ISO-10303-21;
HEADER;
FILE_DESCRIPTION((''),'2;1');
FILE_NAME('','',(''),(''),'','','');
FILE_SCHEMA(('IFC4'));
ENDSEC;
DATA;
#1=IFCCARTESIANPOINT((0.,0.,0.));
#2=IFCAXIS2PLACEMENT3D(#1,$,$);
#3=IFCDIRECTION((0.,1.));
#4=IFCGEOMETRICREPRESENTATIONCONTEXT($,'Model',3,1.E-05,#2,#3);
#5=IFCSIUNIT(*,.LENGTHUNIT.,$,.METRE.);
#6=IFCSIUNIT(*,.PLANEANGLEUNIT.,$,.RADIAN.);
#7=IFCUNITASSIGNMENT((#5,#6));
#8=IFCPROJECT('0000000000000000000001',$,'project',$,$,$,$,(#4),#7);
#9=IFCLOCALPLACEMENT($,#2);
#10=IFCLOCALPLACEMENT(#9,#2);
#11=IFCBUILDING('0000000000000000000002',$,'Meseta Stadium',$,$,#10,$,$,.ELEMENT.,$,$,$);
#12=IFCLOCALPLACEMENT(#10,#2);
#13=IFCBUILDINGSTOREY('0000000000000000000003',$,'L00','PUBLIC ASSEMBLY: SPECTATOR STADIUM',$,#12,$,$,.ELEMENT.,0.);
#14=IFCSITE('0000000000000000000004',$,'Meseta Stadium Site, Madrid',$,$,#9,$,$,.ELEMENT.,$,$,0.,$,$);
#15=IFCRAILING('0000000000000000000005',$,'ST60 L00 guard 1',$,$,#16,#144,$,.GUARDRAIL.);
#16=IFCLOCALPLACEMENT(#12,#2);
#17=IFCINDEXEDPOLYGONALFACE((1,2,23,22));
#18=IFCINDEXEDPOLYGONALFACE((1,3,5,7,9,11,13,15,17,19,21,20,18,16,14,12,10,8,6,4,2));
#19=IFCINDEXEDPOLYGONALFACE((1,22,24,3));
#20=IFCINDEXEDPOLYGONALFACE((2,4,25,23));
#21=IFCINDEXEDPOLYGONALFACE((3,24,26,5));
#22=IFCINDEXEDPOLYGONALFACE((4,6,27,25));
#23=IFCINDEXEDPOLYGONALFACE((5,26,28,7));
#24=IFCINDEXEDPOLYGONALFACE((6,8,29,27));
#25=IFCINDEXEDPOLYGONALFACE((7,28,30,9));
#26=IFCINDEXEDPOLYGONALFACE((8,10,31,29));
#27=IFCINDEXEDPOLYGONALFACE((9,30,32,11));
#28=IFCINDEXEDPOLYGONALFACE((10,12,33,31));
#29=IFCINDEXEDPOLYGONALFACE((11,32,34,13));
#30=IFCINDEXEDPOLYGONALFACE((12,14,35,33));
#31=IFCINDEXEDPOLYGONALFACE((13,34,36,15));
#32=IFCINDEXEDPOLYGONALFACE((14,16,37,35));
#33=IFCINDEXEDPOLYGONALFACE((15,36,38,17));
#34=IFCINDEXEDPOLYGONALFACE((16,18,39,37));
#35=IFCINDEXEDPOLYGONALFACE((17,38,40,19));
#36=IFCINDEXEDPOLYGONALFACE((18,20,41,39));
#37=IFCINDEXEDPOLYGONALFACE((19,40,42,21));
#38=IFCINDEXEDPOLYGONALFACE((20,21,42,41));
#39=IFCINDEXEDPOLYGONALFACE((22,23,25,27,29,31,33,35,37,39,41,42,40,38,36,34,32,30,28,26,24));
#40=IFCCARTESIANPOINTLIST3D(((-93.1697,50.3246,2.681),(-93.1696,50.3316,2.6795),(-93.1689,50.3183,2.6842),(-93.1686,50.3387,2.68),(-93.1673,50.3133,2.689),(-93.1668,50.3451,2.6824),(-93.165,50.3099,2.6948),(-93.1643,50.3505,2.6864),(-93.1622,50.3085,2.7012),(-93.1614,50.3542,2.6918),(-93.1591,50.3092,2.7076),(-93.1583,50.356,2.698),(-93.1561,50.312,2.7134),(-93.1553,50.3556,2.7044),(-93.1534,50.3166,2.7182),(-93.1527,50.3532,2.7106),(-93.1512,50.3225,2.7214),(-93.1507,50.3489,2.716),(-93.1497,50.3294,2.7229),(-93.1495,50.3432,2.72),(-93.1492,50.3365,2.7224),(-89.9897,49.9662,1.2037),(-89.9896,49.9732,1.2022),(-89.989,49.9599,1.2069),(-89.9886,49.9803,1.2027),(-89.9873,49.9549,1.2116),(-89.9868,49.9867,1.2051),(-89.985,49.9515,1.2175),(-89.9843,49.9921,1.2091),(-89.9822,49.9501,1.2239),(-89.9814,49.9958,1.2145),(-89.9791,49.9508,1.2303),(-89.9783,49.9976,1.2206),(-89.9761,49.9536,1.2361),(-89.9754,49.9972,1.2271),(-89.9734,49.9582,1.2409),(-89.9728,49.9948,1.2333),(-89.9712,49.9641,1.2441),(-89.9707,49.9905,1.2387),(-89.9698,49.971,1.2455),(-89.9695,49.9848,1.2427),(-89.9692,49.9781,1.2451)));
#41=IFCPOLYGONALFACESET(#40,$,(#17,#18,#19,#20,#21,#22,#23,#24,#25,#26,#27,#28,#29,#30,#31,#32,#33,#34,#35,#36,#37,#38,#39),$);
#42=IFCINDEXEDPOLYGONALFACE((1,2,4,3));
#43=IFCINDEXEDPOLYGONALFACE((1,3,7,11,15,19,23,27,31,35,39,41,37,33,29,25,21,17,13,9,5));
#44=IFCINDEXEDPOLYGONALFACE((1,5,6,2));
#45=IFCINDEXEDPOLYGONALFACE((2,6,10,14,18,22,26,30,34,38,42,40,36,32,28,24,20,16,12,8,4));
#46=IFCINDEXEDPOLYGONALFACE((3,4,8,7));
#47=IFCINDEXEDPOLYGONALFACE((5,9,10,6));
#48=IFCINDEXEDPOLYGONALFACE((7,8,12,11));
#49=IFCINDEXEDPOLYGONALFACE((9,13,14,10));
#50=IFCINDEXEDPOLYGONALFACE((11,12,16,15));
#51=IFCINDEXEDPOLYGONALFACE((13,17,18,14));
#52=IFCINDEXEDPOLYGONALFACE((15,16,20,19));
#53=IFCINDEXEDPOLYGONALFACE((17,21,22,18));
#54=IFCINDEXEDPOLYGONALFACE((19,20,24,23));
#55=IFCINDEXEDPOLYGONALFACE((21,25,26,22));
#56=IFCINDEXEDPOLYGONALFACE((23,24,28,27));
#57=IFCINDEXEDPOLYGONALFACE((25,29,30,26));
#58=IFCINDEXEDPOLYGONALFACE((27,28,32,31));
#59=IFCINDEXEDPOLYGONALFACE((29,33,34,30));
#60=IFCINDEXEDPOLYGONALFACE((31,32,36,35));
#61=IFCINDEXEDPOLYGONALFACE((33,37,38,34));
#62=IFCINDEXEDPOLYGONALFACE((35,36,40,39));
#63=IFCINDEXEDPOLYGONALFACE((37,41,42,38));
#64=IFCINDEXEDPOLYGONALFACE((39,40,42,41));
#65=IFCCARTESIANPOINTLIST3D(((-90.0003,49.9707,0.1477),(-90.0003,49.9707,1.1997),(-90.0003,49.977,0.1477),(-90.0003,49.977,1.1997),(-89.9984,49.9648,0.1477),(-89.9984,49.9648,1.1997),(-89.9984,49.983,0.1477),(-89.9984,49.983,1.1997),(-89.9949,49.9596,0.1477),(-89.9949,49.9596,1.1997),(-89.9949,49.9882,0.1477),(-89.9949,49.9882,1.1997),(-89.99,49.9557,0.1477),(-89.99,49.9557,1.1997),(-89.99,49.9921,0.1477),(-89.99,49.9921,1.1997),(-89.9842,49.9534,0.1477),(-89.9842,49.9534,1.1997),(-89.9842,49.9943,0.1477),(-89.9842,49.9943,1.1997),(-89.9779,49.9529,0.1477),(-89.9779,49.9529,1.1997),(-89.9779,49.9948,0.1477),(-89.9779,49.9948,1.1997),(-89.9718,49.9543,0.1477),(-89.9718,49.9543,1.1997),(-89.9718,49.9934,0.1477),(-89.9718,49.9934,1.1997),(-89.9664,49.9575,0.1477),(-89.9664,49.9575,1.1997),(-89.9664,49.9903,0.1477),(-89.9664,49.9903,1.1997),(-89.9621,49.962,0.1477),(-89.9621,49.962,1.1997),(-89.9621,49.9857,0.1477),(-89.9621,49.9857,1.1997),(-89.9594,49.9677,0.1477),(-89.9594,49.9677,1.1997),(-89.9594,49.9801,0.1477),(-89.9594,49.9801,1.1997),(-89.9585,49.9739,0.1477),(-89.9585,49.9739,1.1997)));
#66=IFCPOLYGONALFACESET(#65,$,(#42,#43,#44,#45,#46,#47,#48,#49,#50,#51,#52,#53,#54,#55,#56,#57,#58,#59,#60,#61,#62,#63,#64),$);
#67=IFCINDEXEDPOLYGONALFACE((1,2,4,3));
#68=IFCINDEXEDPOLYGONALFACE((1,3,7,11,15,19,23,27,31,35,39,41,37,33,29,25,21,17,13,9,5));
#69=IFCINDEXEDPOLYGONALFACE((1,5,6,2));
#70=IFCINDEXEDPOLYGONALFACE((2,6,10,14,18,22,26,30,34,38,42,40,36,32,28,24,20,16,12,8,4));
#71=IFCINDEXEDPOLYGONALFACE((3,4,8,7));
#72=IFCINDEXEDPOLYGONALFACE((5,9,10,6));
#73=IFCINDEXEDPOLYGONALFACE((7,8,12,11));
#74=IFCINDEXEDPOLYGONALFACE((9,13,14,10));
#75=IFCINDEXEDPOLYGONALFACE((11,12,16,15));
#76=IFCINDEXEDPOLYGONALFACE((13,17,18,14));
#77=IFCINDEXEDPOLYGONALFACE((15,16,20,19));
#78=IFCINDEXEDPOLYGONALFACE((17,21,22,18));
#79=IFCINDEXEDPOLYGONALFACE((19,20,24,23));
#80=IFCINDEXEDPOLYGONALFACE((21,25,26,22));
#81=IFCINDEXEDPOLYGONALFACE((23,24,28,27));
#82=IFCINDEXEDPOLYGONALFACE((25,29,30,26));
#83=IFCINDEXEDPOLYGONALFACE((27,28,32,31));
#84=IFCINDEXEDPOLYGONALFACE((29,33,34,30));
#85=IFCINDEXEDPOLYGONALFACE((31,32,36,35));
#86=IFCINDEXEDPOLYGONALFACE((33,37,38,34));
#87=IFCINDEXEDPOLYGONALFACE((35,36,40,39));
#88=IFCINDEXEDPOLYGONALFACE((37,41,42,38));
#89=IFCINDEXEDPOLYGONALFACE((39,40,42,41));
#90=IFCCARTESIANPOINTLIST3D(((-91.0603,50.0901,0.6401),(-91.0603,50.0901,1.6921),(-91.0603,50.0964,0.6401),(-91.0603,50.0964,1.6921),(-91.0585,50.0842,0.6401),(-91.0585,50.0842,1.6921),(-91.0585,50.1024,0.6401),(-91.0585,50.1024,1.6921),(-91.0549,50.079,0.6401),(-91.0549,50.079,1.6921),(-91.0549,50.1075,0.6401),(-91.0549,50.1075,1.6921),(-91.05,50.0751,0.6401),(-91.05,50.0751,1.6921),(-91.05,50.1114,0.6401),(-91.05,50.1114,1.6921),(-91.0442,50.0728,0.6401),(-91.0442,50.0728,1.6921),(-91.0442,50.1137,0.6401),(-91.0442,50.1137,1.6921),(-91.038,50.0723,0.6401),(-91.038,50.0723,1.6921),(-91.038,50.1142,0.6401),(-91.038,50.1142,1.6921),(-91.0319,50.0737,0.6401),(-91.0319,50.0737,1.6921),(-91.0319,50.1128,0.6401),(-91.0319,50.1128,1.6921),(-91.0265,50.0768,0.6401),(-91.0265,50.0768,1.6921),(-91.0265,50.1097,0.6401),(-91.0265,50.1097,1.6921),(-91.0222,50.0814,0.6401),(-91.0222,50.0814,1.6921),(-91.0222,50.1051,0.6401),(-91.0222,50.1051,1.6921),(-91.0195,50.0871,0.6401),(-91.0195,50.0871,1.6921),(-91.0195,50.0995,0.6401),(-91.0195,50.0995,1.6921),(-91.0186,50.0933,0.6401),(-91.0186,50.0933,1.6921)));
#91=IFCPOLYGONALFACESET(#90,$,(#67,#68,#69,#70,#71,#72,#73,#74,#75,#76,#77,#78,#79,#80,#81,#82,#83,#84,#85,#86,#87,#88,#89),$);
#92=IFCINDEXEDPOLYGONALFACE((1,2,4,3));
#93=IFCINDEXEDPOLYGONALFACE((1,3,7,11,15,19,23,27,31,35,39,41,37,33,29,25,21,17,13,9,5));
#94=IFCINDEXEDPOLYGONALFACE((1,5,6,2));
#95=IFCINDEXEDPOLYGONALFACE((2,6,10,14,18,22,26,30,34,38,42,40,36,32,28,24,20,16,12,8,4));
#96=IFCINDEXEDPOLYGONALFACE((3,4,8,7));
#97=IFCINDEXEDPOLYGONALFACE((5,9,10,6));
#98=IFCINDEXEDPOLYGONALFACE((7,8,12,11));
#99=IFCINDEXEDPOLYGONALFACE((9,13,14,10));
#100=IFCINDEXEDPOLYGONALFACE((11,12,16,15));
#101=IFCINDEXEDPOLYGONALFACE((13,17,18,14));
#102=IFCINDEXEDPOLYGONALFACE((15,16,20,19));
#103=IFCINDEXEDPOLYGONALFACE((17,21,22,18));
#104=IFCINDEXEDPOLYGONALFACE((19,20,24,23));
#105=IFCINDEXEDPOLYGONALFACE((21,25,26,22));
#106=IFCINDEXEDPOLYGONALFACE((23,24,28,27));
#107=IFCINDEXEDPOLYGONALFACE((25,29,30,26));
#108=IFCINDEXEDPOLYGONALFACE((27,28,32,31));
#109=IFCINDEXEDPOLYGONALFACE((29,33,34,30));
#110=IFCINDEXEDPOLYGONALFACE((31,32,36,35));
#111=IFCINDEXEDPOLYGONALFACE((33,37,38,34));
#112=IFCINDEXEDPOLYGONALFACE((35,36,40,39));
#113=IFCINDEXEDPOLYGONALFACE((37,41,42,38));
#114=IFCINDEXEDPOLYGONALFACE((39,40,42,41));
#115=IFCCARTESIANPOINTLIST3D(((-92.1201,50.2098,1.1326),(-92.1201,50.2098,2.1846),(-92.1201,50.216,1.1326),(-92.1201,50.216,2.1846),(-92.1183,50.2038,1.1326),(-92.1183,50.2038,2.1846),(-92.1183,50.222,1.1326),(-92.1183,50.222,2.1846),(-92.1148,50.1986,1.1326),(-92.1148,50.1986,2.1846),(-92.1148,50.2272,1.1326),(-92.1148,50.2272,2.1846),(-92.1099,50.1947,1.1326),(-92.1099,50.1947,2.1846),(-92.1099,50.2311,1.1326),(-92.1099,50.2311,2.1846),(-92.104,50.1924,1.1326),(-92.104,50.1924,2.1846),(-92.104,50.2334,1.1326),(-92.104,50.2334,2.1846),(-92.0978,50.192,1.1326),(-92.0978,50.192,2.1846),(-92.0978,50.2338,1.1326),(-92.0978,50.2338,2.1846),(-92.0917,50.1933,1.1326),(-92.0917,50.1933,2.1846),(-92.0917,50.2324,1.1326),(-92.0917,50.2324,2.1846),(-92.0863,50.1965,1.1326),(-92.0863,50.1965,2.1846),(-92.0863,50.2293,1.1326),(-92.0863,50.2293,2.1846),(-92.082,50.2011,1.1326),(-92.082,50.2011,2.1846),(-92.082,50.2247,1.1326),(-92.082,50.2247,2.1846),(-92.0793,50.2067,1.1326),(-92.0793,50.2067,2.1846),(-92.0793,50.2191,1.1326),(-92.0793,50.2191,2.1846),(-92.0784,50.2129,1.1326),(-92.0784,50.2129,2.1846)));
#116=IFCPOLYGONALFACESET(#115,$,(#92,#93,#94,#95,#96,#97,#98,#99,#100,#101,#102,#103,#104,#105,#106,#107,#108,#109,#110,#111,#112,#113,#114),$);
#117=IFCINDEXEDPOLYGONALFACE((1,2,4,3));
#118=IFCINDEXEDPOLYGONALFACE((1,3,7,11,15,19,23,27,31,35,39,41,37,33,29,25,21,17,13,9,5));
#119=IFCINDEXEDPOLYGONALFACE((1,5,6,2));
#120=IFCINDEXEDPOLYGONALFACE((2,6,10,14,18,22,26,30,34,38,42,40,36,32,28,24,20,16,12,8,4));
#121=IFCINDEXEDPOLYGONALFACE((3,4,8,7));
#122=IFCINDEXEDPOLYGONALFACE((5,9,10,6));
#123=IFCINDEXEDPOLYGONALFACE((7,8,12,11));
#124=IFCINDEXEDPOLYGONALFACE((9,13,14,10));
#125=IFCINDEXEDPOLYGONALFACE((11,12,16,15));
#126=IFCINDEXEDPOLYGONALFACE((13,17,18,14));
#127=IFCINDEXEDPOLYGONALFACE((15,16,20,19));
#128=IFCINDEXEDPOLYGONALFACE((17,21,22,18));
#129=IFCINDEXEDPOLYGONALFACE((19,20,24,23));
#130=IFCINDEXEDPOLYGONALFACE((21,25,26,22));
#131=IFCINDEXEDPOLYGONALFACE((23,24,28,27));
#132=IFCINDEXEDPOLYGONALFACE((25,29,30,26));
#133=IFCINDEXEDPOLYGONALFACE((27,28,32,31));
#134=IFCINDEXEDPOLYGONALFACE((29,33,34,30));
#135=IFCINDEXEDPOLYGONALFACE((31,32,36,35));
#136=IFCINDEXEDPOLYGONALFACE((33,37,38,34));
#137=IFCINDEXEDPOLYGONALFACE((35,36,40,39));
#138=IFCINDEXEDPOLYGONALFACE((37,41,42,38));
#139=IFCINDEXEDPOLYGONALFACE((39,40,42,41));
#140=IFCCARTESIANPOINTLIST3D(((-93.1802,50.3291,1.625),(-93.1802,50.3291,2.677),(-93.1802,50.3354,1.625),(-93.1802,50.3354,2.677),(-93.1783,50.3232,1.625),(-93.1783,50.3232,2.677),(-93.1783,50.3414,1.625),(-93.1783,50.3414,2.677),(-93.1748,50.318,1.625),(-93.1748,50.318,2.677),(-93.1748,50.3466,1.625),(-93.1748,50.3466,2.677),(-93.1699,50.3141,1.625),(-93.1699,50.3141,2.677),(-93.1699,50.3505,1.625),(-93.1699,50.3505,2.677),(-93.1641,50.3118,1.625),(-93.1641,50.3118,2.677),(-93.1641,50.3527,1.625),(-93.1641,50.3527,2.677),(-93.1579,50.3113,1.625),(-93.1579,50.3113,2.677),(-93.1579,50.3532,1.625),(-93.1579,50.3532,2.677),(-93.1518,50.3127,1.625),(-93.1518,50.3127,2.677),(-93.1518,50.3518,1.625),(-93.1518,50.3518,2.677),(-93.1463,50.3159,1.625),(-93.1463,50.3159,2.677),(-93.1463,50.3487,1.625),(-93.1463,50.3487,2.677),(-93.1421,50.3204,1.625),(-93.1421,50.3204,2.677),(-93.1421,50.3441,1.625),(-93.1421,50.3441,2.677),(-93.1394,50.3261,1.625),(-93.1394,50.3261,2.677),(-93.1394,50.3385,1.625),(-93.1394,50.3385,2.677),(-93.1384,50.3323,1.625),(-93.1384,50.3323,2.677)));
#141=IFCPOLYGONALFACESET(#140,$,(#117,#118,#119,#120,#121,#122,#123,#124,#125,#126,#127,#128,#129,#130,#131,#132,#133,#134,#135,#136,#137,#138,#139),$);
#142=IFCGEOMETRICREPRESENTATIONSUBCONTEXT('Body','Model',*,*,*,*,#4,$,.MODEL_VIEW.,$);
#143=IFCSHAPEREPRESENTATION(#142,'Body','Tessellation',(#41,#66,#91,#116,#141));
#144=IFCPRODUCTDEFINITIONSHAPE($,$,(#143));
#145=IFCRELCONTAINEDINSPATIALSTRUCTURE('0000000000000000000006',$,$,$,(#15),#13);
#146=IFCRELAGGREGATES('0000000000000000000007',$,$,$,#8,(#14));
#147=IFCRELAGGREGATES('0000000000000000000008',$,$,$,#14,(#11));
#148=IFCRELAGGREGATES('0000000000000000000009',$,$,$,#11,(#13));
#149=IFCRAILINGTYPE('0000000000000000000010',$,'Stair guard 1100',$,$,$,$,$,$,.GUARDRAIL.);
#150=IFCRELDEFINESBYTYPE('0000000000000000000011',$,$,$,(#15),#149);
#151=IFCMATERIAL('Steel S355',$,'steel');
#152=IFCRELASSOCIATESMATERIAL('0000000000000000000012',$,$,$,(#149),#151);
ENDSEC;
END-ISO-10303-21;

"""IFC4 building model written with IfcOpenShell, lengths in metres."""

from ifc_helpers import new_model, si_unit, direction, frame, origin, origin_2d, place, context, subcontext, project, spatial, circle, extrude, material, type_object, element, save


model = new_model("IFC4")

# Units and contexts
model_context = context("Model", 3, precision=1e-05, world=origin(), true_north=direction((0.0, 1.0)))
body_context = subcontext(model_context, "Body", "Model", "MODEL_VIEW")
ifc_project = project(units=[si_unit("LENGTHUNIT", "METRE"), si_unit("PLANEANGLEUNIT", "RADIAN")], contexts=[model_context])

# Site, building, storey
site_placement = place(None, origin())
site = spatial("IfcSite", under=ifc_project, at=site_placement, Name="Meseta Stadium Site, Madrid", CompositionType="ELEMENT", RefElevation=0.0)
building_placement = place(site_placement, origin())
building = spatial("IfcBuilding", under=site, at=building_placement, Name="Meseta Stadium", CompositionType="ELEMENT")
storey_placement = place(building_placement, origin())
storey = spatial("IfcBuildingStorey", under=building, at=storey_placement, Name="L00", Description="PUBLIC ASSEMBLY: SPECTATOR STADIUM", CompositionType="ELEMENT", Elevation=0.0)

# Railing
ifc_material_1 = material(Name="Steel S355", Category="steel")
railing_type_1 = type_object("IfcRailingType", Name="Stair guard 1100", PredefinedType="GUARDRAIL", material=ifc_material_1)
railing_1_placement = place(storey_placement, frame((-89.9795, 49.9739, 0.1477)))
element("IfcRailing", 1, at=railing_1_placement, inside=storey, type_object=railing_type_1, Name="ST60 L00 guard 1", PredefinedType="GUARDRAIL", context=body_context, shape_type="SweptSolid", body=[
    extrude(circle(Radius=0.0239, at=origin_2d()), frame((0.0, 0.0, 1.0762), z_axis=(-0.90221, 0.101685, 0.419138), x_axis=(-0.111997, -0.993709, 0.0)), (0.0, 0.0, 1.0), 3.5247),
    extrude(circle(Radius=0.021, at=origin_2d()), origin(), (0.0, 0.0, 1.0), 1.052),
    extrude(circle(Radius=0.021, at=origin_2d()), frame((-1.0601, 0.1194, 0.4924)), (0.0, 0.0, 1.0), 1.052),
    extrude(circle(Radius=0.021, at=origin_2d()), frame((-2.1199, 0.239, 0.9849)), (0.0, 0.0, 1.0), 1.052),
    extrude(circle(Radius=0.021, at=origin_2d()), frame((-3.1799, 0.3584, 1.4773)), (0.0, 0.0, 1.0), 1.052),
])

save(model, "model.ifc")
